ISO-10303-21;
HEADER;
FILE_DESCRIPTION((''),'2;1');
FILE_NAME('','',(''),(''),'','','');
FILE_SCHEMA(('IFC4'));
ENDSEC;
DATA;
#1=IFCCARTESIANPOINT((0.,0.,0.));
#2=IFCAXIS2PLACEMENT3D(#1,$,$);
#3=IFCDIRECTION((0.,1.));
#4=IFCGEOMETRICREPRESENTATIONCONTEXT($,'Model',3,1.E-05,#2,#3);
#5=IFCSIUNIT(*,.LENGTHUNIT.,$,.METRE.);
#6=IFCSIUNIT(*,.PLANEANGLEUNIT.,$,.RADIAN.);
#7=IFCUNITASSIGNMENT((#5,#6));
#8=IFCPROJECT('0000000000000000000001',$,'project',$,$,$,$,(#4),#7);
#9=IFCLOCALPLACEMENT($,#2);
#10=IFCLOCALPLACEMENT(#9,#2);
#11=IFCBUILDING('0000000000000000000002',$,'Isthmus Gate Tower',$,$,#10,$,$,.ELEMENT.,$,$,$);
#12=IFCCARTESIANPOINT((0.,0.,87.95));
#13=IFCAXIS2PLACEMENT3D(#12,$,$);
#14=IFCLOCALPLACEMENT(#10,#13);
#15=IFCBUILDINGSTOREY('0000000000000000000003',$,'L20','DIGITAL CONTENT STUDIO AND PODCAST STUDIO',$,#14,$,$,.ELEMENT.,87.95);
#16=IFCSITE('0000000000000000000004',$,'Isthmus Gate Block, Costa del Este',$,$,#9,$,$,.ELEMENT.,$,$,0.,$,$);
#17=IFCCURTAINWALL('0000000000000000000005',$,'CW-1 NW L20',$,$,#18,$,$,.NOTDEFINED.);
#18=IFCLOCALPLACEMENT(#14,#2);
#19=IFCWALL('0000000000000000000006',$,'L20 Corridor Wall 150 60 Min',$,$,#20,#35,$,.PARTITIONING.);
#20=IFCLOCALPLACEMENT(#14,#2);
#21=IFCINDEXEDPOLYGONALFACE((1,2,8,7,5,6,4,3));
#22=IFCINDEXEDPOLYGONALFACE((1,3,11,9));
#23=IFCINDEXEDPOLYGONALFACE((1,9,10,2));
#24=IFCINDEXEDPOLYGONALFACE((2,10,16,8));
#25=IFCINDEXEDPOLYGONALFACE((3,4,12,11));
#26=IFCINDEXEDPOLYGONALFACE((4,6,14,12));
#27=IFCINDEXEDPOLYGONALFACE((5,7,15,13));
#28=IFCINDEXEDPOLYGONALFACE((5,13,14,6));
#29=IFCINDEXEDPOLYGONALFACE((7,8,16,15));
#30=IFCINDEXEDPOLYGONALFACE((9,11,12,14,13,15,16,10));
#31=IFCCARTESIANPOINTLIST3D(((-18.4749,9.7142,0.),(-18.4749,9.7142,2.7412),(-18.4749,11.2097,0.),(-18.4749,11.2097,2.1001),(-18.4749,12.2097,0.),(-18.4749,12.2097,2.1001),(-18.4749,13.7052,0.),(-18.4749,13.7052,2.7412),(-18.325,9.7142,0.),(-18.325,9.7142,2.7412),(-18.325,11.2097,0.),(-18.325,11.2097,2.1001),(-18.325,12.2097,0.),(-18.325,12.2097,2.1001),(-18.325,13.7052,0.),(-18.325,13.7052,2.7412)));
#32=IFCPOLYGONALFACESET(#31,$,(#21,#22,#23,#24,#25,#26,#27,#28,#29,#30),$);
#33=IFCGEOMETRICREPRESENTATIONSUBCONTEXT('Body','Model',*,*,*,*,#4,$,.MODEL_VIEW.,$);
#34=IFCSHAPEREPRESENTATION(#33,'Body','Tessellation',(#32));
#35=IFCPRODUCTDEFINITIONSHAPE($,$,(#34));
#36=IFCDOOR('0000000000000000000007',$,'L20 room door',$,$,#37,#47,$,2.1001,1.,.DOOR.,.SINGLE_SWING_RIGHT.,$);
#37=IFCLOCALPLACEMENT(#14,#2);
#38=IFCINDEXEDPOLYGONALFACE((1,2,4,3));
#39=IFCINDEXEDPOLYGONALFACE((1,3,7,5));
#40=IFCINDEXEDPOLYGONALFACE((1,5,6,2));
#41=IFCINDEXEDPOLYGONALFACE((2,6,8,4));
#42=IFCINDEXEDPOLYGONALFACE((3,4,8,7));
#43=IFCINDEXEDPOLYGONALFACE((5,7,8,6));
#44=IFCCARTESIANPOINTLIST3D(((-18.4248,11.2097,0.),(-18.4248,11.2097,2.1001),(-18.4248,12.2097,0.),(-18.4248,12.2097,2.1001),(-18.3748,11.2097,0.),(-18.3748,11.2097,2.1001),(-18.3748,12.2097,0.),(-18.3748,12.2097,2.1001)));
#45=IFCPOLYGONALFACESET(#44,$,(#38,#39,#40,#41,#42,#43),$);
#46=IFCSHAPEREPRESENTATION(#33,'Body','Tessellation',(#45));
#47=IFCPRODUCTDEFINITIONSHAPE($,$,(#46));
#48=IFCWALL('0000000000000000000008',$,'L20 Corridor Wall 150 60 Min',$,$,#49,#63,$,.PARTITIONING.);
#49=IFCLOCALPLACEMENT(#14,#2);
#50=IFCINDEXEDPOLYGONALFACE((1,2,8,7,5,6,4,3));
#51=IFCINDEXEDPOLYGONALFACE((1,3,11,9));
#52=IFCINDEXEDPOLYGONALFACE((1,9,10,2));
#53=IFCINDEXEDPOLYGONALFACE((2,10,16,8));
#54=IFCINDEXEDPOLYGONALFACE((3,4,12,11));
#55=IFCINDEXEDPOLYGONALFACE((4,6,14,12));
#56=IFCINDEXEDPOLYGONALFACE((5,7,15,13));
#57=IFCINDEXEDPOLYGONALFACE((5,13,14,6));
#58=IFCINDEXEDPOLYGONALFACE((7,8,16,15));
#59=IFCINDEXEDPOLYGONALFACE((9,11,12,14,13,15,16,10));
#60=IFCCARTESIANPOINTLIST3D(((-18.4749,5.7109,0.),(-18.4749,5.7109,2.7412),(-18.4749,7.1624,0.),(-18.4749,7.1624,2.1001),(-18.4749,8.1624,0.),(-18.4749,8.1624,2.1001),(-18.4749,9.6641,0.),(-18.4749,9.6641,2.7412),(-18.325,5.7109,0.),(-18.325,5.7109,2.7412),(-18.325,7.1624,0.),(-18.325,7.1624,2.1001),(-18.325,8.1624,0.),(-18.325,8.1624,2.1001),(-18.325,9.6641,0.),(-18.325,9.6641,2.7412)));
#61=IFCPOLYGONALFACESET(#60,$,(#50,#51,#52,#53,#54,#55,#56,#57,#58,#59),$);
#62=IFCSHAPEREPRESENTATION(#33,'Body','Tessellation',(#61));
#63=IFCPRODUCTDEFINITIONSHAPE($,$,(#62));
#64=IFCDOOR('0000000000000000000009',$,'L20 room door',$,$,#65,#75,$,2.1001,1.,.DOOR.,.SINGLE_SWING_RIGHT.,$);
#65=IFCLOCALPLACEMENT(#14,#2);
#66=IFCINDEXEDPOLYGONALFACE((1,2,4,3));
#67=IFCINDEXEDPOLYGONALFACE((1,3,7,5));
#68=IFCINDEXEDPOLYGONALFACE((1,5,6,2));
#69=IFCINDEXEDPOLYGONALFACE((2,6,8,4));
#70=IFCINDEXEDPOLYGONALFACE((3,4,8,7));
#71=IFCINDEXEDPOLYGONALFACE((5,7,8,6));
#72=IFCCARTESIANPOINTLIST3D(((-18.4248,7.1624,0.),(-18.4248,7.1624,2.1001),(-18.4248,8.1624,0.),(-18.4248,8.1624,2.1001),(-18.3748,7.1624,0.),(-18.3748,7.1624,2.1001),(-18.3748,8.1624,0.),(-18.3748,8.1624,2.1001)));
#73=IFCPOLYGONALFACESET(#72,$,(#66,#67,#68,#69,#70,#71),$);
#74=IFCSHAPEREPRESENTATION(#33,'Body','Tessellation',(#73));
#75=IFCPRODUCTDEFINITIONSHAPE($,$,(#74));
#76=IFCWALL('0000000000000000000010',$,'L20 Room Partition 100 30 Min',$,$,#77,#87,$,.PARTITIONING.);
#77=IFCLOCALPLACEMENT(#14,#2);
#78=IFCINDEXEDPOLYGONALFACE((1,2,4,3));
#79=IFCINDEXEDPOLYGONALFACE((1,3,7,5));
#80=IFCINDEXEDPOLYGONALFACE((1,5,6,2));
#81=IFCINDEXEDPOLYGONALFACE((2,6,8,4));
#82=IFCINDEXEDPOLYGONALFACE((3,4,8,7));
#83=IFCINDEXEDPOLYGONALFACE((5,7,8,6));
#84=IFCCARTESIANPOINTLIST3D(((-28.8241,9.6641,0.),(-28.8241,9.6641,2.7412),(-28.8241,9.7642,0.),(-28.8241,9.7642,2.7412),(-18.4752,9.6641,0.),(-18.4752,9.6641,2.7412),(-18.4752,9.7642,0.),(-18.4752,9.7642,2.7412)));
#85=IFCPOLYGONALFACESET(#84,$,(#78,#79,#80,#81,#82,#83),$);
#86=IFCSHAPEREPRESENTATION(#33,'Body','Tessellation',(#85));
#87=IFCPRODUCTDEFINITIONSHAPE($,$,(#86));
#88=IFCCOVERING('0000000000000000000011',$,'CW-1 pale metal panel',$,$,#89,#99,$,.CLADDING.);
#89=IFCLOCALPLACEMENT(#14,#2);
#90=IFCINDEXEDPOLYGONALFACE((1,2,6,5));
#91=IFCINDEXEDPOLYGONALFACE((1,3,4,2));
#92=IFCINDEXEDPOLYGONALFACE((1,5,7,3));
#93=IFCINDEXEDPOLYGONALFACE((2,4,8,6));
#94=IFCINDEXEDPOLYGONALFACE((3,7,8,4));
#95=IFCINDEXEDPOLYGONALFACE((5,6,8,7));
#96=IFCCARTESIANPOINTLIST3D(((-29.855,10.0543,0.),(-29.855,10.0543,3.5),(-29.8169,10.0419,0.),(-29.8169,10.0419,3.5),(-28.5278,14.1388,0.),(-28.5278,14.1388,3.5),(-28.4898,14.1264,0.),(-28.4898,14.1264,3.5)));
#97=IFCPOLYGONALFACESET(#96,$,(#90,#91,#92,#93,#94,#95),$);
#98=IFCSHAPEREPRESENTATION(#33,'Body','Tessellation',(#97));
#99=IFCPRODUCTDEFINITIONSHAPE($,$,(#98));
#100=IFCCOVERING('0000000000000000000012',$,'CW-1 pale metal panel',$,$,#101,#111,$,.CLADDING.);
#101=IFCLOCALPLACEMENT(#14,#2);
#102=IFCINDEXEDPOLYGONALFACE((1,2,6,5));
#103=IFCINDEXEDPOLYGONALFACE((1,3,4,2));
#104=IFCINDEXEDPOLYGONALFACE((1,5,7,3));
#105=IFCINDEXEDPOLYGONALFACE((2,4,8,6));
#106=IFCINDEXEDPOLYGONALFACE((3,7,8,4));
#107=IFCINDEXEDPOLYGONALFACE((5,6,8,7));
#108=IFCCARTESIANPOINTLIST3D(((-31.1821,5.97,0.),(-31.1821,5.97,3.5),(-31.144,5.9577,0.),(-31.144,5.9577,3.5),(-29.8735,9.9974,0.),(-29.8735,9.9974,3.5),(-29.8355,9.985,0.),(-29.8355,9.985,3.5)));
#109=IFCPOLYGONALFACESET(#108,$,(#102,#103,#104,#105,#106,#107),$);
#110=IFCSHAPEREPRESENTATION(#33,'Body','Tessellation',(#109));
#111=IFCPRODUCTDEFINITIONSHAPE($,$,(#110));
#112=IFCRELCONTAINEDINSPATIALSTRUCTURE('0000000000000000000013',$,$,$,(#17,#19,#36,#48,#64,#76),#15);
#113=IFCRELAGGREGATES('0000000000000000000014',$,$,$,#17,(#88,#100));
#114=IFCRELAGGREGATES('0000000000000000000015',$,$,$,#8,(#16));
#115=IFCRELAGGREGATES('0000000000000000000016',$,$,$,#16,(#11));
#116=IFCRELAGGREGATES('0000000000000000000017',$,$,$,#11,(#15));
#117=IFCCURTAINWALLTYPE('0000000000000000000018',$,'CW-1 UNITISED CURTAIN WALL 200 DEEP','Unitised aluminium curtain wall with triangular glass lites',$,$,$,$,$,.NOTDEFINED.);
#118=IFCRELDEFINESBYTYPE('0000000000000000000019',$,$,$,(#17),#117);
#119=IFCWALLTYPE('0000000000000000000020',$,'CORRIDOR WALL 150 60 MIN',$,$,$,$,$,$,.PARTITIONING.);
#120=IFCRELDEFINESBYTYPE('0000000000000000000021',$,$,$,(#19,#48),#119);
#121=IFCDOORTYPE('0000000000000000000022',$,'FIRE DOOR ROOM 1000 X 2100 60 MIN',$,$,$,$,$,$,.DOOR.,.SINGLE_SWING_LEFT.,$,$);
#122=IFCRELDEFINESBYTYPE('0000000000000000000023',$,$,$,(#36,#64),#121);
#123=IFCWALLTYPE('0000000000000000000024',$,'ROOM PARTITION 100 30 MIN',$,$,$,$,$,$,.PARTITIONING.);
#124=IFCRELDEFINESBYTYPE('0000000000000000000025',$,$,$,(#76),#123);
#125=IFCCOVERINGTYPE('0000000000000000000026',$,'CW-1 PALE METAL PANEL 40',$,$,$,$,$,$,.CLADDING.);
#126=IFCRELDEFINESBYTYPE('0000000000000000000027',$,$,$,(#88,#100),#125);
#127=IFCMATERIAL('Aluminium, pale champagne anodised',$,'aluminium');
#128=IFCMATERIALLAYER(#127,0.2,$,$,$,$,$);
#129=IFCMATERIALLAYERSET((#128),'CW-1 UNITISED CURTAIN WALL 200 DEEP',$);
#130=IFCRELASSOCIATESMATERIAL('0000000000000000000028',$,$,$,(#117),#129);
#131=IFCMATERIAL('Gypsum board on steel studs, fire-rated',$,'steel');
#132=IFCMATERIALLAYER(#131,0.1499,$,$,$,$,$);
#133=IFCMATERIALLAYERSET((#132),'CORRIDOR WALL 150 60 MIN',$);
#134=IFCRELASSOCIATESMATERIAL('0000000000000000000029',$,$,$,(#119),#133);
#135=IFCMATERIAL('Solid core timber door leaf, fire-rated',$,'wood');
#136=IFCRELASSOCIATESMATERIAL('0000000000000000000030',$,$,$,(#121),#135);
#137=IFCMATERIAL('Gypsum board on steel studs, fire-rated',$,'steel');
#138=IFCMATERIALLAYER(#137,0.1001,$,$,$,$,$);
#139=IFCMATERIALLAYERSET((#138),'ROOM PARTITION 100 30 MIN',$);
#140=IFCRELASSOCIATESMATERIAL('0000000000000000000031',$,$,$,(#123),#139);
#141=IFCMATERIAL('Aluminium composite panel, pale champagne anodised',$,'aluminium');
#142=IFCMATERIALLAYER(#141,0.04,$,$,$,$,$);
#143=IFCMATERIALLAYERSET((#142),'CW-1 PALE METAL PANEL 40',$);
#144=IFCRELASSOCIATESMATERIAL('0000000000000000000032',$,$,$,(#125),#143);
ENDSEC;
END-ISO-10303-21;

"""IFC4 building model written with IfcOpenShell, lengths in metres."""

from ifc_helpers import new_model, si_unit, direction, frame, frame_2d, origin, origin_2d, place, context, subcontext, project, spatial, rectangle, extrude, material, layer, layer_set, type_object, element, fill, aggregate, save


model = new_model("IFC4")

# Units and contexts
model_context = context("Model", 3, precision=1e-05, world=origin(), true_north=direction((0.0, 1.0)))
body_context = subcontext(model_context, "Body", "Model", "MODEL_VIEW")
ifc_project = project(units=[si_unit("LENGTHUNIT", "METRE"), si_unit("PLANEANGLEUNIT", "RADIAN")], contexts=[model_context])

# Site, building, storey
site_placement = place(None, origin())
site = spatial("IfcSite", under=ifc_project, at=site_placement, Name="Isthmus Gate Block, Costa del Este", CompositionType="ELEMENT", RefElevation=0.0)
building_placement = place(site_placement, origin())
building = spatial("IfcBuilding", under=site, at=building_placement, Name="Isthmus Gate Tower", CompositionType="ELEMENT")
storey_placement = place(building_placement, frame((0.0, 0.0, 87.95)))
storey = spatial("IfcBuildingStorey", under=building, at=storey_placement, Name="L20", Description="DIGITAL CONTENT STUDIO AND PODCAST STUDIO", CompositionType="ELEMENT", Elevation=87.95)

# Curtain wall
ifc_material_1 = material(Name="Aluminium, pale champagne anodised", Category="aluminium")
ifc_layer_1 = layer(ifc_material_1, 0.2)
ifc_layer_set_1 = layer_set([ifc_layer_1], Name="CW-1 UNITISED CURTAIN WALL 200 DEEP")
curtain_wall_type = type_object("IfcCurtainWallType", Name="CW-1 UNITISED CURTAIN WALL 200 DEEP", Description="Unitised aluminium curtain wall with triangular glass lites", PredefinedType="NOTDEFINED", material=ifc_layer_set_1)
curtain_wall_placement = place(storey_placement, origin())
curtain_wall = element("IfcCurtainWall", 1, at=curtain_wall_placement, inside=storey, type_object=curtain_wall_type, Name="CW-1 NW L20", PredefinedType="NOTDEFINED")

# Walls, openings, doors
ifc_material_2 = material(Name="Gypsum board on steel studs, fire-rated", Category="steel")
ifc_layer_2 = layer(ifc_material_2, 0.1499)
ifc_layer_set_2 = layer_set([ifc_layer_2], Name="CORRIDOR WALL 150 60 MIN")
wall_type_1 = type_object("IfcWallType", Name="CORRIDOR WALL 150 60 MIN", PredefinedType="PARTITIONING", material=ifc_layer_set_2)
wall_1_placement = place(storey_placement, frame((-18.3999, 9.7141, 0.0), z_axis=(0.0, 0.0, 1.0), x_axis=(0.0, 1.0, 0.0)))
wall_1 = element("IfcWall", 2, at=wall_1_placement, inside=storey, type_object=wall_type_1, Name="L20 Corridor Wall 150 60 Min", PredefinedType="PARTITIONING", context=body_context, shape_type="SweptSolid", body=[
    extrude(rectangle(XDim=3.991, YDim=0.1499, at=frame_2d((1.9956, 0.0))), origin(), (0.0, 0.0, 1.0), 2.7412),
])
opening_1_placement = place(wall_1_placement, frame((1.4956, 0.0, 0.0)))
opening_1 = element("IfcOpeningElement", 3, at=opening_1_placement, cuts=wall_1, PredefinedType="OPENING", context=body_context, shape_type="SweptSolid", body=[
    extrude(rectangle(XDim=1.0, YDim=2.1001, at=frame_2d((0.5, 1.05))), frame((0.0, 0.085, 0.0), z_axis=(0.0, -1.0, 0.0), x_axis=(1.0, 0.0, 0.0)), (0.0, 0.0, 1.0), 0.1699),
])
ifc_material_3 = material(Name="Solid core timber door leaf, fire-rated", Category="wood")
door_type = type_object("IfcDoorType", Name="FIRE DOOR ROOM 1000 X 2100 60 MIN", OperationType="SINGLE_SWING_LEFT", PredefinedType="DOOR", material=ifc_material_3)
door_1_placement = place(opening_1_placement, origin())
door_1 = element("IfcDoor", 4, at=door_1_placement, inside=storey, type_object=door_type, Name="L20 room door", OperationType="SINGLE_SWING_RIGHT", OverallHeight=2.1001, OverallWidth=1.0, PredefinedType="DOOR", context=body_context, shape_type="SweptSolid", body=[
    extrude(rectangle(XDim=1.0, YDim=2.1001, at=frame_2d((0.5, 1.05))), frame((0.0, 0.0249, 0.0), z_axis=(0.0, -1.0, 0.0), x_axis=(1.0, 0.0, 0.0)), (0.0, 0.0, 1.0), 0.05),
])
fill(opening_1, door_1)
wall_2_placement = place(storey_placement, frame((-18.3999, 5.7109, 0.0), z_axis=(0.0, 0.0, 1.0), x_axis=(0.0, 1.0, 0.0)))
wall_2 = element("IfcWall", 5, at=wall_2_placement, inside=storey, type_object=wall_type_1, Name="L20 Corridor Wall 150 60 Min", PredefinedType="PARTITIONING", context=body_context, shape_type="SweptSolid", body=[
    extrude(rectangle(XDim=3.9531, YDim=0.1499, at=frame_2d((1.9766, 0.0))), origin(), (0.0, 0.0, 1.0), 2.7412),
])
opening_2_placement = place(wall_2_placement, frame((1.4514, 0.0, 0.0)))
opening_2 = element("IfcOpeningElement", 6, at=opening_2_placement, cuts=wall_2, PredefinedType="OPENING", context=body_context, shape_type="SweptSolid", body=[
    extrude(rectangle(XDim=1.0, YDim=2.1001, at=frame_2d((0.5, 1.05))), frame((0.0, 0.085, 0.0), z_axis=(0.0, -1.0, 0.0), x_axis=(1.0, 0.0, 0.0)), (0.0, 0.0, 1.0), 0.1699),
])
door_2_placement = place(opening_2_placement, origin())
door_2 = element("IfcDoor", 7, at=door_2_placement, inside=storey, type_object=door_type, Name="L20 room door", OperationType="SINGLE_SWING_RIGHT", OverallHeight=2.1001, OverallWidth=1.0, PredefinedType="DOOR", context=body_context, shape_type="SweptSolid", body=[
    extrude(rectangle(XDim=1.0, YDim=2.1001, at=frame_2d((0.5, 1.05))), frame((0.0, 0.0249, 0.0), z_axis=(0.0, -1.0, 0.0), x_axis=(1.0, 0.0, 0.0)), (0.0, 0.0, 1.0), 0.05),
])
fill(opening_2, door_2)

# Wall
ifc_material_4 = material(Name="Gypsum board on steel studs, fire-rated", Category="steel")
ifc_layer_3 = layer(ifc_material_4, 0.1001)
ifc_layer_set_3 = layer_set([ifc_layer_3], Name="ROOM PARTITION 100 30 MIN")
wall_type_2 = type_object("IfcWallType", Name="ROOM PARTITION 100 30 MIN", PredefinedType="PARTITIONING", material=ifc_layer_set_3)
wall_3_placement = place(storey_placement, frame((-28.824, 9.7141, 0.0), z_axis=(0.0, 0.0, 1.0), x_axis=(1.0, 0.0, 0.0)))
element("IfcWall", 8, at=wall_3_placement, inside=storey, type_object=wall_type_2, Name="L20 Room Partition 100 30 Min", PredefinedType="PARTITIONING", context=body_context, shape_type="SweptSolid", body=[
    extrude(rectangle(XDim=10.3489, YDim=0.1001, at=frame_2d((5.1743, 0.0))), origin(), (0.0, 0.0, 1.0), 2.7412),
])

# Coverings
ifc_material_5 = material(Name="Aluminium composite panel, pale champagne anodised", Category="aluminium")
ifc_layer_4 = layer(ifc_material_5, 0.04)
ifc_layer_set_4 = layer_set([ifc_layer_4], Name="CW-1 PALE METAL PANEL 40")
covering_type = type_object("IfcCoveringType", Name="CW-1 PALE METAL PANEL 40", PredefinedType="CLADDING", material=ifc_layer_set_4)
covering_1_placement = place(storey_placement, frame((-29.1724, 12.0903, 0.0), z_axis=(0.0, 0.0, 1.0), x_axis=(-0.309017, -0.951057, 0.0)))
covering_1 = element("IfcCovering", 9, at=covering_1_placement, type_object=covering_type, Name="CW-1 pale metal panel", PredefinedType="CLADDING", context=body_context, shape_type="SweptSolid", body=[
    extrude(rectangle(XDim=4.2947, YDim=0.04, at=origin_2d()), origin(), (0.0, 0.0, 1.0), 3.5),
])
covering_2_placement = place(storey_placement, frame((-30.5088, 7.9775, 0.0), z_axis=(0.0, 0.0, 1.0), x_axis=(-0.309017, -0.951057, 0.0)))
covering_2 = element("IfcCovering", 10, at=covering_2_placement, type_object=covering_type, Name="CW-1 pale metal panel", PredefinedType="CLADDING", context=body_context, shape_type="SweptSolid", body=[
    extrude(rectangle(XDim=4.2346, YDim=0.04, at=origin_2d()), origin(), (0.0, 0.0, 1.0), 3.5),
])
aggregate(curtain_wall, [covering_1, covering_2])

save(model, "model.ifc")
